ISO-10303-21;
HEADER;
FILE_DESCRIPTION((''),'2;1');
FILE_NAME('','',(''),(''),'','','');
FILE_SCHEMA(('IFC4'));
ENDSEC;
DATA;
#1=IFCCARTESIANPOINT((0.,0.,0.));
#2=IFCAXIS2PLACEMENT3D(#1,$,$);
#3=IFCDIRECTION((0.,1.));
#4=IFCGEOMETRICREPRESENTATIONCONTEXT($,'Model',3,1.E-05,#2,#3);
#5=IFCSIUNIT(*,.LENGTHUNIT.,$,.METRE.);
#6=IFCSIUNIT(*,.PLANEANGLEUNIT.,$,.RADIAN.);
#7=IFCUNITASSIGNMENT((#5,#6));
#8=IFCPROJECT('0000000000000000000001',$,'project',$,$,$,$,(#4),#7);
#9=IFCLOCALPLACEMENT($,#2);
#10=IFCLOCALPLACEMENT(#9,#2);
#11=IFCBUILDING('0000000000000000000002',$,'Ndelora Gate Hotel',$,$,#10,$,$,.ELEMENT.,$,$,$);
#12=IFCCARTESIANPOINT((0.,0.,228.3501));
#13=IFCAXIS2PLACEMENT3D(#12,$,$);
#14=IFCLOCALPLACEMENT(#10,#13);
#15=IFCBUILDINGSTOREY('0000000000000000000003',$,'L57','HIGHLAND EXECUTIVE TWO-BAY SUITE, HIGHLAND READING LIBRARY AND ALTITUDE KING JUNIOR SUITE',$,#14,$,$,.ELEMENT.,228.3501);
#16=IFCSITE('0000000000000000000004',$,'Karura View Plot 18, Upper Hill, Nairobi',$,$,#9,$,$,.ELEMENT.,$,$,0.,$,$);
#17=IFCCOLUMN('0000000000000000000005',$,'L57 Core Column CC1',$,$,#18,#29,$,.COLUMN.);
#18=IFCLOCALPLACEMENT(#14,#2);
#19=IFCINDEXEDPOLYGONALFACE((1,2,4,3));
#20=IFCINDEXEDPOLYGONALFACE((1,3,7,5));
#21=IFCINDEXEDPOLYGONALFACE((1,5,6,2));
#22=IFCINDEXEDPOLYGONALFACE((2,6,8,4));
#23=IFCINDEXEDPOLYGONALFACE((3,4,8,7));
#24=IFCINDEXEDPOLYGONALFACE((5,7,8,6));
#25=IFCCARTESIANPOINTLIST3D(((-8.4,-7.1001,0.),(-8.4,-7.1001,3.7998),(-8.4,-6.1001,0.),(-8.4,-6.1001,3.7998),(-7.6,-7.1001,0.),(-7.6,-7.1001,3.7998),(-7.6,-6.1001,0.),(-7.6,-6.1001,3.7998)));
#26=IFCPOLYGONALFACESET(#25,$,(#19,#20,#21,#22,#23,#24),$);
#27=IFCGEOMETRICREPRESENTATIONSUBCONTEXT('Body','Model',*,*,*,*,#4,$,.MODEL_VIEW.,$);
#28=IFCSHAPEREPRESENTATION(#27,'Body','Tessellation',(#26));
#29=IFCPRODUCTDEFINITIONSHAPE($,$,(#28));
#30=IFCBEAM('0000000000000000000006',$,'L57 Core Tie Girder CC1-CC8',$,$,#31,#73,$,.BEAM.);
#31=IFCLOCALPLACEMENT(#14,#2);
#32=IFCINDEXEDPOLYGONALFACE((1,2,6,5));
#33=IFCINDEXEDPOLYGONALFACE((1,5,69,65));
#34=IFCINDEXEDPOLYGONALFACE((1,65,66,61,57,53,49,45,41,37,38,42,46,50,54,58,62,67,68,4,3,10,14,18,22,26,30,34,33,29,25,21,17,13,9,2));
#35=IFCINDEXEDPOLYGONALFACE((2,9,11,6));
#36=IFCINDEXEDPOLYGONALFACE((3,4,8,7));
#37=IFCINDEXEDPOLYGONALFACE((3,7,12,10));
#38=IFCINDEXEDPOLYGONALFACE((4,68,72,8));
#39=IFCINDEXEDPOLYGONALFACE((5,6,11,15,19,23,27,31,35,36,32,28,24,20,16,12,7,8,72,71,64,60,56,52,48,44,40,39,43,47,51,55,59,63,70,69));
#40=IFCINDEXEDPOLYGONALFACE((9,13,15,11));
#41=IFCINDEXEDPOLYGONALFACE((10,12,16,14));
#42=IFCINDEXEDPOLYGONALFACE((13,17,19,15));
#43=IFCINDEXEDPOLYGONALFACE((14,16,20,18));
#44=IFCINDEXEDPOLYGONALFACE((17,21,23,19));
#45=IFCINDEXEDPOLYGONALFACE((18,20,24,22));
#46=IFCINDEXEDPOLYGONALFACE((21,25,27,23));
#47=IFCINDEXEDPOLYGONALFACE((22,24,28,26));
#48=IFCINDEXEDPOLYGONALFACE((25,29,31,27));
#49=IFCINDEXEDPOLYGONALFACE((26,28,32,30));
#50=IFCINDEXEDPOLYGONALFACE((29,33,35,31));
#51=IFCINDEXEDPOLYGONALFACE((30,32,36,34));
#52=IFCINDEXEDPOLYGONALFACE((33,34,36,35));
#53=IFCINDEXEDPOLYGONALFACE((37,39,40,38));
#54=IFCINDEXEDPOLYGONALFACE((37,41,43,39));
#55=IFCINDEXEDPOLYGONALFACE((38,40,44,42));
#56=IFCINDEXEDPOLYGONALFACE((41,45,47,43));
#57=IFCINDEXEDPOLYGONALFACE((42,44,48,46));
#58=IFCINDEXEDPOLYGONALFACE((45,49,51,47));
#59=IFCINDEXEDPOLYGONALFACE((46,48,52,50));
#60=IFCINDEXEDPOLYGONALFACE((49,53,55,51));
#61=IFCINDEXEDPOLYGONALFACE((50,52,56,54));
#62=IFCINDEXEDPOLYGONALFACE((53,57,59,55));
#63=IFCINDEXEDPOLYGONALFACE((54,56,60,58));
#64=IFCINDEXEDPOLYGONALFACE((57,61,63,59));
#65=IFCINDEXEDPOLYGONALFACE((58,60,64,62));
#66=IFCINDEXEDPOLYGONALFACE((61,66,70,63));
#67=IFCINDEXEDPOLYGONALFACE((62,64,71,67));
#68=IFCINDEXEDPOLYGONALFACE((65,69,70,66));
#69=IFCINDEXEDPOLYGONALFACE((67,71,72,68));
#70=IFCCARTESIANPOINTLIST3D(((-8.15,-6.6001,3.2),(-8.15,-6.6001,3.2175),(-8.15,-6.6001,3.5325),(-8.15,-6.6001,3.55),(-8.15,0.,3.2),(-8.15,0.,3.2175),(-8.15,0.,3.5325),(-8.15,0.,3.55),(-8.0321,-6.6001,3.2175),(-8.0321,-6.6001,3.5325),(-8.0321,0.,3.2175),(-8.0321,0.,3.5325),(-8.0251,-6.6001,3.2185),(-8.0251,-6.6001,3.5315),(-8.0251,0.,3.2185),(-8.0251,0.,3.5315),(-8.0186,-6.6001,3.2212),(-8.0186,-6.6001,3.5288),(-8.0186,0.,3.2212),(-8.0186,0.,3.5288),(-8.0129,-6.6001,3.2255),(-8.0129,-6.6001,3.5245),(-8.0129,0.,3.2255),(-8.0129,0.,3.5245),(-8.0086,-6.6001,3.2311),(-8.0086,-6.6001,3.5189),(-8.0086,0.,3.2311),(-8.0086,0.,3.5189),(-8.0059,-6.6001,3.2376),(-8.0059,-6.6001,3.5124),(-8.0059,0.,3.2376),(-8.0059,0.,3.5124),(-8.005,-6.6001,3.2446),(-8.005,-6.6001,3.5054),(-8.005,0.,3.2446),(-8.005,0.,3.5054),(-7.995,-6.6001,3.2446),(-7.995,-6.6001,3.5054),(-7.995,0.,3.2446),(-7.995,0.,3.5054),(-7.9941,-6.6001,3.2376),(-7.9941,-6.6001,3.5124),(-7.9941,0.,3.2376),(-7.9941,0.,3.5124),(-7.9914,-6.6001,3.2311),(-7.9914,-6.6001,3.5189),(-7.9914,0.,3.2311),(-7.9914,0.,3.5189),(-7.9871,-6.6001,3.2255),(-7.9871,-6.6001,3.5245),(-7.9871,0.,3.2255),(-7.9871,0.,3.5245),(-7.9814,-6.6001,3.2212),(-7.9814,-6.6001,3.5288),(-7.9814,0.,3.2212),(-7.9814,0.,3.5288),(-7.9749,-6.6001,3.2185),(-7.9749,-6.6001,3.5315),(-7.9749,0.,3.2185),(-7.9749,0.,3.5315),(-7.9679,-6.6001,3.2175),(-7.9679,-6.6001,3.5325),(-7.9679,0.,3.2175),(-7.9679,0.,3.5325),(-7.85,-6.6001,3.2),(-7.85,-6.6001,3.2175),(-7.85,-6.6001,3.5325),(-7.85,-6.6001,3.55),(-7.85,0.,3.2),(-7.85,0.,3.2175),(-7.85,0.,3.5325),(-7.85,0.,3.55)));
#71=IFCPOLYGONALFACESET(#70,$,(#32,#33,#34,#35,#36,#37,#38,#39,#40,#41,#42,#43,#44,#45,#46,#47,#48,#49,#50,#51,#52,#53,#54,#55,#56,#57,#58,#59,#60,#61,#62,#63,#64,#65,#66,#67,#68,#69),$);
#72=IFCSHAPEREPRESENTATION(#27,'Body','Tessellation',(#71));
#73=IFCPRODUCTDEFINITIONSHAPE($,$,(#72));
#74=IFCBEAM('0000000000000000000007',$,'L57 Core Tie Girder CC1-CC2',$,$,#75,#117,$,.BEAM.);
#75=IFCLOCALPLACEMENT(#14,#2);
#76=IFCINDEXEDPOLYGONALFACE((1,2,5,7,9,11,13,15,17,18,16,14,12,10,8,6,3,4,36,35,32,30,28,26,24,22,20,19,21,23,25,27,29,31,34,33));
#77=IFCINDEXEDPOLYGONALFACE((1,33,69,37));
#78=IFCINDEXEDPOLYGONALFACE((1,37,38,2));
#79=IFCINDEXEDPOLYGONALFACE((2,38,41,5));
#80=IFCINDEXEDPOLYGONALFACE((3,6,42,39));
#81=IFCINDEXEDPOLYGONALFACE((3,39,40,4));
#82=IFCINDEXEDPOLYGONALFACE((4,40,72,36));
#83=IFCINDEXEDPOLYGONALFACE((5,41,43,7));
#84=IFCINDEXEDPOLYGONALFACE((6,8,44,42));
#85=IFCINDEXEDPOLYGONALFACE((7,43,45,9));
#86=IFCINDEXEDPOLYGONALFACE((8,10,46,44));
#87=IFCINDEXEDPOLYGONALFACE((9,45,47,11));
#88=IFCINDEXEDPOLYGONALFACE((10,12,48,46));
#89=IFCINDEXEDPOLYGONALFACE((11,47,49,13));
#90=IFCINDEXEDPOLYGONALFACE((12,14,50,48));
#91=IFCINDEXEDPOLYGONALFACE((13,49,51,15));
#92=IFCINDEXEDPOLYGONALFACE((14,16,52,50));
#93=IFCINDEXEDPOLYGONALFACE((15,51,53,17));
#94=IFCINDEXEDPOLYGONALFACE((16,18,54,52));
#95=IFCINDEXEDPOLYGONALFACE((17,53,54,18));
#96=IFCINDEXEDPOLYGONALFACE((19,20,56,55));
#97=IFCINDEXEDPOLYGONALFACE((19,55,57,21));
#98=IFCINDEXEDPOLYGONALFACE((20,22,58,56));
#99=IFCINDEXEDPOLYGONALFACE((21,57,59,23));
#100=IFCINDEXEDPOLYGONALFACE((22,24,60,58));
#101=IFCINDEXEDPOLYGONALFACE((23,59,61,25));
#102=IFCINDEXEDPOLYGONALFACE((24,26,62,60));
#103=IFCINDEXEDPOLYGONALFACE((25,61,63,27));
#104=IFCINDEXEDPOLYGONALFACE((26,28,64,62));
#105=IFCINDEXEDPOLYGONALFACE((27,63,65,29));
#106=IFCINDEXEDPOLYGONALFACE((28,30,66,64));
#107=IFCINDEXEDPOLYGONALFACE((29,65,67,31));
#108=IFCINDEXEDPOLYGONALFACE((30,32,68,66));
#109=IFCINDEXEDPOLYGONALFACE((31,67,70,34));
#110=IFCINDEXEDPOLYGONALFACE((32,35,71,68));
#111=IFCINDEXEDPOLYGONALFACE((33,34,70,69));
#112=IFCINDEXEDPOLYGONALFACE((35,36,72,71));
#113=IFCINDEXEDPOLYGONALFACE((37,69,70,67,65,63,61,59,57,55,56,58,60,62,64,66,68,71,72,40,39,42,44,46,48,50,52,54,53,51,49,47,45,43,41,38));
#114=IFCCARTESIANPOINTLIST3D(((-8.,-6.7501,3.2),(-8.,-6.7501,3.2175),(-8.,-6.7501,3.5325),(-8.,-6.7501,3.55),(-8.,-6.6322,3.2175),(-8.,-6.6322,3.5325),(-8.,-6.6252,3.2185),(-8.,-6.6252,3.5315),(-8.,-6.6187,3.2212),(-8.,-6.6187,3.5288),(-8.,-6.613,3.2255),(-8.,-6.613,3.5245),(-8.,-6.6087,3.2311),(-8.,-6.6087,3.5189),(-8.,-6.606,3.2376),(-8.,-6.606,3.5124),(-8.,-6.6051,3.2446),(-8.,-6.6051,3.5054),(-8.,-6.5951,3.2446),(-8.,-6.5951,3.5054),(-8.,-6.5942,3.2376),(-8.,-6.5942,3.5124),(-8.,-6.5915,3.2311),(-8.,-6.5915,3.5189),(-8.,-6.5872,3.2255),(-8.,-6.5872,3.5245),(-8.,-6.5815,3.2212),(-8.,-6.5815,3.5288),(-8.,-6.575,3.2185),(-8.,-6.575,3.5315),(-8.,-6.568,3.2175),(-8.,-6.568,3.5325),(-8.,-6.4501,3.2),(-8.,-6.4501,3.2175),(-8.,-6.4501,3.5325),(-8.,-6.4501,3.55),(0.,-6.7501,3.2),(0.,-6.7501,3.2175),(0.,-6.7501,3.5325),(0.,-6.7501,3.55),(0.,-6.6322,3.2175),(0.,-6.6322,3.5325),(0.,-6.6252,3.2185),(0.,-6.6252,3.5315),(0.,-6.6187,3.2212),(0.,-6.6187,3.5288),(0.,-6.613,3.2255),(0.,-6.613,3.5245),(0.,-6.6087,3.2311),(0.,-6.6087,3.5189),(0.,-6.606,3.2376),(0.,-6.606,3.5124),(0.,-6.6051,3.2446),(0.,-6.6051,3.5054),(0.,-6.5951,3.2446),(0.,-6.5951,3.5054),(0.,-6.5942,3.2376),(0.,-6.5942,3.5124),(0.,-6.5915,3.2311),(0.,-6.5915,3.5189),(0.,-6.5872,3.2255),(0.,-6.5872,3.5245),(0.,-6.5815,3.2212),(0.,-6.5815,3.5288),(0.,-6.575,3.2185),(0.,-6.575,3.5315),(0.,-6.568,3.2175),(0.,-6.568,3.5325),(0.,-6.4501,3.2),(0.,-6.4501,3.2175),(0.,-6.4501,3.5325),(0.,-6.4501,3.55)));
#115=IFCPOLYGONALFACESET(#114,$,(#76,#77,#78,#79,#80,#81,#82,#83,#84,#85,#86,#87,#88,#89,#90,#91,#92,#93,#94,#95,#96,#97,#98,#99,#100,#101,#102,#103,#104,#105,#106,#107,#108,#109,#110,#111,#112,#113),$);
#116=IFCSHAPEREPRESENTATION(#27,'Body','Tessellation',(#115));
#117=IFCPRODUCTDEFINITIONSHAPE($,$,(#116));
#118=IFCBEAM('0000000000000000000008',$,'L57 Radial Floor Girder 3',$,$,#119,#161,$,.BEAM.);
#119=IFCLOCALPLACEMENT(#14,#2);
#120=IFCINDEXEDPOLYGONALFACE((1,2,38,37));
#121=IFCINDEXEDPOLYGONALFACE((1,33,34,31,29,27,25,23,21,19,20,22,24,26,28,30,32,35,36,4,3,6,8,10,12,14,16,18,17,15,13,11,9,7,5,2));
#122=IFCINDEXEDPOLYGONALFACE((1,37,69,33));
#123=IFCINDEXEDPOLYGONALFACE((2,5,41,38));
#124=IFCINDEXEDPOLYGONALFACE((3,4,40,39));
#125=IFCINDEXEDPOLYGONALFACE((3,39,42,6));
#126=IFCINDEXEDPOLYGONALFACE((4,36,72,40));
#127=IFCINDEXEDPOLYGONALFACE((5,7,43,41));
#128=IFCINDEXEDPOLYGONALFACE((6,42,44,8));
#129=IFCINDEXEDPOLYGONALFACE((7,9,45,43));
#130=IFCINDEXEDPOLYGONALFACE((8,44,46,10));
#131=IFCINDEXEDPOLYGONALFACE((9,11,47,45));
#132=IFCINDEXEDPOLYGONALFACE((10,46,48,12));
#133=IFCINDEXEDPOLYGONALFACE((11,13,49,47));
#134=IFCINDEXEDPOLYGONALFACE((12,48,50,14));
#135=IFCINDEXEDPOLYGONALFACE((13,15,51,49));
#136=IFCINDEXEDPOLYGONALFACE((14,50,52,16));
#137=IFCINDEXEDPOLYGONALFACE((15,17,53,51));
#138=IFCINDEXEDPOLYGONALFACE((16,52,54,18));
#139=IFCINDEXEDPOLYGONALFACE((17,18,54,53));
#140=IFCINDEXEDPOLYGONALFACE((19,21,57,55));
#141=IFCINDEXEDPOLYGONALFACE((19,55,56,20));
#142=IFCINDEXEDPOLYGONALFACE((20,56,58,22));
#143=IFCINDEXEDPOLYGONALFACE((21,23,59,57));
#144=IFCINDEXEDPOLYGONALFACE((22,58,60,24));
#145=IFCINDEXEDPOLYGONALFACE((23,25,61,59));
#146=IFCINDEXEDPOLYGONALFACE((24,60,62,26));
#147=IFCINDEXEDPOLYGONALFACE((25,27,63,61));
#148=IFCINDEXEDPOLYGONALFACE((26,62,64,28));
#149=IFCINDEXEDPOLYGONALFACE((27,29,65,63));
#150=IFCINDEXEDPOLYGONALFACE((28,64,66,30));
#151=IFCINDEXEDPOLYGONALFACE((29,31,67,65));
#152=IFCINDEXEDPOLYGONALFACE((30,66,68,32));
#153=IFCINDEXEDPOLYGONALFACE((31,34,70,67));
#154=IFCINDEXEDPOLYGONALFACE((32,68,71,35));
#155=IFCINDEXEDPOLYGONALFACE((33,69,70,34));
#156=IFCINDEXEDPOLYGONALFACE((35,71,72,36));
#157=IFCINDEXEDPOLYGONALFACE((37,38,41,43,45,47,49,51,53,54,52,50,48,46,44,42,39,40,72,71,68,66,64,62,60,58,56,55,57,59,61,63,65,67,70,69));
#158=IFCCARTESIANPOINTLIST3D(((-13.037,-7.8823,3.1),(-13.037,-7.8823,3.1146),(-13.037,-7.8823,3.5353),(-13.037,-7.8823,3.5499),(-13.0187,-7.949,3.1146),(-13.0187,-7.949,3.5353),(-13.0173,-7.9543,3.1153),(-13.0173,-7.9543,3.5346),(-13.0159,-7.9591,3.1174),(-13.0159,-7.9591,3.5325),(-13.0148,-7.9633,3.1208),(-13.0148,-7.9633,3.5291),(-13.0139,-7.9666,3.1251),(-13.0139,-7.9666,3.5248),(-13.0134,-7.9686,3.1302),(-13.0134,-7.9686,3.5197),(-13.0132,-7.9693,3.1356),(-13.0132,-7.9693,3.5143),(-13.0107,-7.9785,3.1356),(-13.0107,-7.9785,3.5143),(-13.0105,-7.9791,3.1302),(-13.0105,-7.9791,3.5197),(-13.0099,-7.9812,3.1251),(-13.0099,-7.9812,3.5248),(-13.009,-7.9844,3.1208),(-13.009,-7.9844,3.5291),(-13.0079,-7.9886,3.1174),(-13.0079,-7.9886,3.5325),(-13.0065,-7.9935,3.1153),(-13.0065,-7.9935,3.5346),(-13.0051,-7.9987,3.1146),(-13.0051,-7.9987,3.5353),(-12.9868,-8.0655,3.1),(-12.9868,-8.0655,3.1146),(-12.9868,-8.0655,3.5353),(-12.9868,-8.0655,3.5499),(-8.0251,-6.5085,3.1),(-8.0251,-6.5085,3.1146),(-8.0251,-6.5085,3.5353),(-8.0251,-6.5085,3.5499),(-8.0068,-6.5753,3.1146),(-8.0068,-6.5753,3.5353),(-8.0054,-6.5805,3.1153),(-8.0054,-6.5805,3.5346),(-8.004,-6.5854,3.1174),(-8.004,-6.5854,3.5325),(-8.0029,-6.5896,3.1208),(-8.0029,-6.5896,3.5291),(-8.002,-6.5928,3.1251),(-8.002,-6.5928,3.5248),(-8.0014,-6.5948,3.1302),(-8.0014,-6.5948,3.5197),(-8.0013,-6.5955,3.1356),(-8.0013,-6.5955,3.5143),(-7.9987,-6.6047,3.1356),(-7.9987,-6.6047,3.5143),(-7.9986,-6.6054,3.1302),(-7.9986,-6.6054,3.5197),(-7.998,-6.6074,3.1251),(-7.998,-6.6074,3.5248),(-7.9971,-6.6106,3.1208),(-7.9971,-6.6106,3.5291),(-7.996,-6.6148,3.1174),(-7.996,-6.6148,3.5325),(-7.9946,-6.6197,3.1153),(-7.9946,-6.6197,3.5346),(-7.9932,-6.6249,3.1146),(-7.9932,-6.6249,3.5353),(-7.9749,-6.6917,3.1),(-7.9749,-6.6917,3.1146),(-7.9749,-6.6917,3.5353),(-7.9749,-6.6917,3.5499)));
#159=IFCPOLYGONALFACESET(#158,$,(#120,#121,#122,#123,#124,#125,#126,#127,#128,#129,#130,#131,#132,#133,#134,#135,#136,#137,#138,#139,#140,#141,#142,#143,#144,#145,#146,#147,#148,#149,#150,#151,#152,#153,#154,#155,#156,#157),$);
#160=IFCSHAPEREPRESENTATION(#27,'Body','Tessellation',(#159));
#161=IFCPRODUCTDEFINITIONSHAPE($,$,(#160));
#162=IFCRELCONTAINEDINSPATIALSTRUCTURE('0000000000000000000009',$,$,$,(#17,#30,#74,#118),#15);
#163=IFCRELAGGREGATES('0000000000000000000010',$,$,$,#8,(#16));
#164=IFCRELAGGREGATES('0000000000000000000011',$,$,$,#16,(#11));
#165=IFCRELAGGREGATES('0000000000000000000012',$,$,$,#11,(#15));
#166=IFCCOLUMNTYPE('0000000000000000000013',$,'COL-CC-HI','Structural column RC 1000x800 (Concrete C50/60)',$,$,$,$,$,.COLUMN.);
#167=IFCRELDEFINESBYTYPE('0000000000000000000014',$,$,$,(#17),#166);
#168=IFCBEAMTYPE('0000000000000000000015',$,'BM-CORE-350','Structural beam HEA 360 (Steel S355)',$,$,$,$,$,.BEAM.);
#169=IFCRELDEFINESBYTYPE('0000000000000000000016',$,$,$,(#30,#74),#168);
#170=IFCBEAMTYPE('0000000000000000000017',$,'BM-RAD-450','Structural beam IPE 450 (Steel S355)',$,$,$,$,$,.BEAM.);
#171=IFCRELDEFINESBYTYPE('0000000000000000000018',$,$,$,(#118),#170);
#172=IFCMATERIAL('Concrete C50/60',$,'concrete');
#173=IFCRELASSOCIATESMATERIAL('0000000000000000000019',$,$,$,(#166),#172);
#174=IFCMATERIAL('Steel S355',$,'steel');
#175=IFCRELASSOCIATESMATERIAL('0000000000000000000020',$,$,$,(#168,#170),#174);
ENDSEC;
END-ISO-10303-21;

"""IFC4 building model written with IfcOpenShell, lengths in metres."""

from ifc_helpers import new_model, si_unit, direction, frame, origin, origin_2d, place, context, subcontext, project, spatial, rectangle, i_section, extrude, material, material_profile, profile_set, type_object, element, save


model = new_model("IFC4")

# Units and contexts
model_context = context("Model", 3, precision=1e-05, world=origin(), true_north=direction((0.0, 1.0)))
body_context = subcontext(model_context, "Body", "Model", "MODEL_VIEW")
ifc_project = project(units=[si_unit("LENGTHUNIT", "METRE"), si_unit("PLANEANGLEUNIT", "RADIAN")], contexts=[model_context])

# Site, building, storey
site_placement = place(None, origin())
site = spatial("IfcSite", under=ifc_project, at=site_placement, Name="Karura View Plot 18, Upper Hill, Nairobi", CompositionType="ELEMENT", RefElevation=0.0)
building_placement = place(site_placement, origin())
building = spatial("IfcBuilding", under=site, at=building_placement, Name="Ndelora Gate Hotel", CompositionType="ELEMENT")
storey_placement = place(building_placement, frame((0.0, 0.0, 228.3501)))
storey = spatial("IfcBuildingStorey", under=building, at=storey_placement, Name="L57", Description="HIGHLAND EXECUTIVE TWO-BAY SUITE, HIGHLAND READING LIBRARY AND ALTITUDE KING JUNIOR SUITE", CompositionType="ELEMENT", Elevation=228.3501)

# Column
ifc_material_1 = material(Name="Concrete C50/60", Category="concrete")
ifc_material_profile_1 = material_profile(ifc_material_1, rectangle(XDim=0.8, YDim=1.0, at=origin_2d()), Name="RC 1000x800")
ifc_profile_set_1 = profile_set([ifc_material_profile_1], Name="Concrete C50/60")
column_type = type_object("IfcColumnType", Name="COL-CC-HI", Description="Structural column RC 1000x800 (Concrete C50/60)", PredefinedType="COLUMN", material=ifc_profile_set_1)
column_placement = place(storey_placement, frame((-8.0, -6.6001, 0.0), z_axis=(0.0, 0.0, 1.0), x_axis=(1.0, 0.0, 0.0)))
element("IfcColumn", 1, at=column_placement, inside=storey, type_object=column_type, Name="L57 Core Column CC1", PredefinedType="COLUMN", context=body_context, shape_type="SweptSolid", body=[
    extrude(rectangle(XDim=0.8, YDim=1.0, at=origin_2d()), origin(), (0.0, 0.0, 1.0), 3.7998),
])

# Beams
ifc_material_2 = material(Name="Steel S355", Category="steel")
ifc_material_profile_2 = material_profile(ifc_material_2, i_section(OverallWidth=0.3, OverallDepth=0.3501, WebThickness=0.01, FlangeThickness=0.0176, FilletRadius=0.0271, at=origin_2d()), Name="HEA 360")
ifc_profile_set_2 = profile_set([ifc_material_profile_2], Name="Steel S355")
beam_type_1 = type_object("IfcBeamType", Name="BM-CORE-350", Description="Structural beam HEA 360 (Steel S355)", PredefinedType="BEAM", material=ifc_profile_set_2)
beam_1_placement = place(storey_placement, frame((-8.0, -6.6001, 3.375), z_axis=(0.0, 1.0, 0.0), x_axis=(-1.0, 0.0, 0.0)))
element("IfcBeam", 2, at=beam_1_placement, inside=storey, type_object=beam_type_1, Name="L57 Core Tie Girder CC1-CC8", PredefinedType="BEAM", context=body_context, shape_type="SweptSolid", body=[
    extrude(i_section(OverallWidth=0.3, OverallDepth=0.3501, WebThickness=0.01, FlangeThickness=0.0176, FilletRadius=0.0271, at=origin_2d()), origin(), (0.0, 0.0, 1.0), 6.6001),
])
beam_2_placement = place(storey_placement, frame((-8.0, -6.6001, 3.375), z_axis=(1.0, 0.0, 0.0), x_axis=(0.0, 1.0, 0.0)))
element("IfcBeam", 3, at=beam_2_placement, inside=storey, type_object=beam_type_1, Name="L57 Core Tie Girder CC1-CC2", PredefinedType="BEAM", context=body_context, shape_type="SweptSolid", body=[
    extrude(i_section(OverallWidth=0.3, OverallDepth=0.3501, WebThickness=0.01, FlangeThickness=0.0176, FilletRadius=0.0271, at=origin_2d()), origin(), (0.0, 0.0, 1.0), 8.0),
])
ifc_material_profile_3 = material_profile(ifc_material_2, i_section(OverallWidth=0.1899, OverallDepth=0.45, WebThickness=0.0095, FlangeThickness=0.0146, FilletRadius=0.021, at=origin_2d()), Name="IPE 450")
ifc_profile_set_3 = profile_set([ifc_material_profile_3], Name="Steel S355")
beam_type_2 = type_object("IfcBeamType", Name="BM-RAD-450", Description="Structural beam IPE 450 (Steel S355)", PredefinedType="BEAM", material=ifc_profile_set_3)
beam_3_placement = place(storey_placement, frame((-8.0, -6.6001, 3.325), z_axis=(-0.964427, -0.264349, 0.0), x_axis=(0.264349, -0.964427, 0.0)))
element("IfcBeam", 4, at=beam_3_placement, inside=storey, type_object=beam_type_2, Name="L57 Radial Floor Girder 3", PredefinedType="BEAM", context=body_context, shape_type="SweptSolid", body=[
    extrude(i_section(OverallWidth=0.1899, OverallDepth=0.45, WebThickness=0.0095, FlangeThickness=0.0146, FilletRadius=0.021, at=origin_2d()), origin(), (0.0, 0.0, 1.0), 5.1968),
])

save(model, "model.ifc")
